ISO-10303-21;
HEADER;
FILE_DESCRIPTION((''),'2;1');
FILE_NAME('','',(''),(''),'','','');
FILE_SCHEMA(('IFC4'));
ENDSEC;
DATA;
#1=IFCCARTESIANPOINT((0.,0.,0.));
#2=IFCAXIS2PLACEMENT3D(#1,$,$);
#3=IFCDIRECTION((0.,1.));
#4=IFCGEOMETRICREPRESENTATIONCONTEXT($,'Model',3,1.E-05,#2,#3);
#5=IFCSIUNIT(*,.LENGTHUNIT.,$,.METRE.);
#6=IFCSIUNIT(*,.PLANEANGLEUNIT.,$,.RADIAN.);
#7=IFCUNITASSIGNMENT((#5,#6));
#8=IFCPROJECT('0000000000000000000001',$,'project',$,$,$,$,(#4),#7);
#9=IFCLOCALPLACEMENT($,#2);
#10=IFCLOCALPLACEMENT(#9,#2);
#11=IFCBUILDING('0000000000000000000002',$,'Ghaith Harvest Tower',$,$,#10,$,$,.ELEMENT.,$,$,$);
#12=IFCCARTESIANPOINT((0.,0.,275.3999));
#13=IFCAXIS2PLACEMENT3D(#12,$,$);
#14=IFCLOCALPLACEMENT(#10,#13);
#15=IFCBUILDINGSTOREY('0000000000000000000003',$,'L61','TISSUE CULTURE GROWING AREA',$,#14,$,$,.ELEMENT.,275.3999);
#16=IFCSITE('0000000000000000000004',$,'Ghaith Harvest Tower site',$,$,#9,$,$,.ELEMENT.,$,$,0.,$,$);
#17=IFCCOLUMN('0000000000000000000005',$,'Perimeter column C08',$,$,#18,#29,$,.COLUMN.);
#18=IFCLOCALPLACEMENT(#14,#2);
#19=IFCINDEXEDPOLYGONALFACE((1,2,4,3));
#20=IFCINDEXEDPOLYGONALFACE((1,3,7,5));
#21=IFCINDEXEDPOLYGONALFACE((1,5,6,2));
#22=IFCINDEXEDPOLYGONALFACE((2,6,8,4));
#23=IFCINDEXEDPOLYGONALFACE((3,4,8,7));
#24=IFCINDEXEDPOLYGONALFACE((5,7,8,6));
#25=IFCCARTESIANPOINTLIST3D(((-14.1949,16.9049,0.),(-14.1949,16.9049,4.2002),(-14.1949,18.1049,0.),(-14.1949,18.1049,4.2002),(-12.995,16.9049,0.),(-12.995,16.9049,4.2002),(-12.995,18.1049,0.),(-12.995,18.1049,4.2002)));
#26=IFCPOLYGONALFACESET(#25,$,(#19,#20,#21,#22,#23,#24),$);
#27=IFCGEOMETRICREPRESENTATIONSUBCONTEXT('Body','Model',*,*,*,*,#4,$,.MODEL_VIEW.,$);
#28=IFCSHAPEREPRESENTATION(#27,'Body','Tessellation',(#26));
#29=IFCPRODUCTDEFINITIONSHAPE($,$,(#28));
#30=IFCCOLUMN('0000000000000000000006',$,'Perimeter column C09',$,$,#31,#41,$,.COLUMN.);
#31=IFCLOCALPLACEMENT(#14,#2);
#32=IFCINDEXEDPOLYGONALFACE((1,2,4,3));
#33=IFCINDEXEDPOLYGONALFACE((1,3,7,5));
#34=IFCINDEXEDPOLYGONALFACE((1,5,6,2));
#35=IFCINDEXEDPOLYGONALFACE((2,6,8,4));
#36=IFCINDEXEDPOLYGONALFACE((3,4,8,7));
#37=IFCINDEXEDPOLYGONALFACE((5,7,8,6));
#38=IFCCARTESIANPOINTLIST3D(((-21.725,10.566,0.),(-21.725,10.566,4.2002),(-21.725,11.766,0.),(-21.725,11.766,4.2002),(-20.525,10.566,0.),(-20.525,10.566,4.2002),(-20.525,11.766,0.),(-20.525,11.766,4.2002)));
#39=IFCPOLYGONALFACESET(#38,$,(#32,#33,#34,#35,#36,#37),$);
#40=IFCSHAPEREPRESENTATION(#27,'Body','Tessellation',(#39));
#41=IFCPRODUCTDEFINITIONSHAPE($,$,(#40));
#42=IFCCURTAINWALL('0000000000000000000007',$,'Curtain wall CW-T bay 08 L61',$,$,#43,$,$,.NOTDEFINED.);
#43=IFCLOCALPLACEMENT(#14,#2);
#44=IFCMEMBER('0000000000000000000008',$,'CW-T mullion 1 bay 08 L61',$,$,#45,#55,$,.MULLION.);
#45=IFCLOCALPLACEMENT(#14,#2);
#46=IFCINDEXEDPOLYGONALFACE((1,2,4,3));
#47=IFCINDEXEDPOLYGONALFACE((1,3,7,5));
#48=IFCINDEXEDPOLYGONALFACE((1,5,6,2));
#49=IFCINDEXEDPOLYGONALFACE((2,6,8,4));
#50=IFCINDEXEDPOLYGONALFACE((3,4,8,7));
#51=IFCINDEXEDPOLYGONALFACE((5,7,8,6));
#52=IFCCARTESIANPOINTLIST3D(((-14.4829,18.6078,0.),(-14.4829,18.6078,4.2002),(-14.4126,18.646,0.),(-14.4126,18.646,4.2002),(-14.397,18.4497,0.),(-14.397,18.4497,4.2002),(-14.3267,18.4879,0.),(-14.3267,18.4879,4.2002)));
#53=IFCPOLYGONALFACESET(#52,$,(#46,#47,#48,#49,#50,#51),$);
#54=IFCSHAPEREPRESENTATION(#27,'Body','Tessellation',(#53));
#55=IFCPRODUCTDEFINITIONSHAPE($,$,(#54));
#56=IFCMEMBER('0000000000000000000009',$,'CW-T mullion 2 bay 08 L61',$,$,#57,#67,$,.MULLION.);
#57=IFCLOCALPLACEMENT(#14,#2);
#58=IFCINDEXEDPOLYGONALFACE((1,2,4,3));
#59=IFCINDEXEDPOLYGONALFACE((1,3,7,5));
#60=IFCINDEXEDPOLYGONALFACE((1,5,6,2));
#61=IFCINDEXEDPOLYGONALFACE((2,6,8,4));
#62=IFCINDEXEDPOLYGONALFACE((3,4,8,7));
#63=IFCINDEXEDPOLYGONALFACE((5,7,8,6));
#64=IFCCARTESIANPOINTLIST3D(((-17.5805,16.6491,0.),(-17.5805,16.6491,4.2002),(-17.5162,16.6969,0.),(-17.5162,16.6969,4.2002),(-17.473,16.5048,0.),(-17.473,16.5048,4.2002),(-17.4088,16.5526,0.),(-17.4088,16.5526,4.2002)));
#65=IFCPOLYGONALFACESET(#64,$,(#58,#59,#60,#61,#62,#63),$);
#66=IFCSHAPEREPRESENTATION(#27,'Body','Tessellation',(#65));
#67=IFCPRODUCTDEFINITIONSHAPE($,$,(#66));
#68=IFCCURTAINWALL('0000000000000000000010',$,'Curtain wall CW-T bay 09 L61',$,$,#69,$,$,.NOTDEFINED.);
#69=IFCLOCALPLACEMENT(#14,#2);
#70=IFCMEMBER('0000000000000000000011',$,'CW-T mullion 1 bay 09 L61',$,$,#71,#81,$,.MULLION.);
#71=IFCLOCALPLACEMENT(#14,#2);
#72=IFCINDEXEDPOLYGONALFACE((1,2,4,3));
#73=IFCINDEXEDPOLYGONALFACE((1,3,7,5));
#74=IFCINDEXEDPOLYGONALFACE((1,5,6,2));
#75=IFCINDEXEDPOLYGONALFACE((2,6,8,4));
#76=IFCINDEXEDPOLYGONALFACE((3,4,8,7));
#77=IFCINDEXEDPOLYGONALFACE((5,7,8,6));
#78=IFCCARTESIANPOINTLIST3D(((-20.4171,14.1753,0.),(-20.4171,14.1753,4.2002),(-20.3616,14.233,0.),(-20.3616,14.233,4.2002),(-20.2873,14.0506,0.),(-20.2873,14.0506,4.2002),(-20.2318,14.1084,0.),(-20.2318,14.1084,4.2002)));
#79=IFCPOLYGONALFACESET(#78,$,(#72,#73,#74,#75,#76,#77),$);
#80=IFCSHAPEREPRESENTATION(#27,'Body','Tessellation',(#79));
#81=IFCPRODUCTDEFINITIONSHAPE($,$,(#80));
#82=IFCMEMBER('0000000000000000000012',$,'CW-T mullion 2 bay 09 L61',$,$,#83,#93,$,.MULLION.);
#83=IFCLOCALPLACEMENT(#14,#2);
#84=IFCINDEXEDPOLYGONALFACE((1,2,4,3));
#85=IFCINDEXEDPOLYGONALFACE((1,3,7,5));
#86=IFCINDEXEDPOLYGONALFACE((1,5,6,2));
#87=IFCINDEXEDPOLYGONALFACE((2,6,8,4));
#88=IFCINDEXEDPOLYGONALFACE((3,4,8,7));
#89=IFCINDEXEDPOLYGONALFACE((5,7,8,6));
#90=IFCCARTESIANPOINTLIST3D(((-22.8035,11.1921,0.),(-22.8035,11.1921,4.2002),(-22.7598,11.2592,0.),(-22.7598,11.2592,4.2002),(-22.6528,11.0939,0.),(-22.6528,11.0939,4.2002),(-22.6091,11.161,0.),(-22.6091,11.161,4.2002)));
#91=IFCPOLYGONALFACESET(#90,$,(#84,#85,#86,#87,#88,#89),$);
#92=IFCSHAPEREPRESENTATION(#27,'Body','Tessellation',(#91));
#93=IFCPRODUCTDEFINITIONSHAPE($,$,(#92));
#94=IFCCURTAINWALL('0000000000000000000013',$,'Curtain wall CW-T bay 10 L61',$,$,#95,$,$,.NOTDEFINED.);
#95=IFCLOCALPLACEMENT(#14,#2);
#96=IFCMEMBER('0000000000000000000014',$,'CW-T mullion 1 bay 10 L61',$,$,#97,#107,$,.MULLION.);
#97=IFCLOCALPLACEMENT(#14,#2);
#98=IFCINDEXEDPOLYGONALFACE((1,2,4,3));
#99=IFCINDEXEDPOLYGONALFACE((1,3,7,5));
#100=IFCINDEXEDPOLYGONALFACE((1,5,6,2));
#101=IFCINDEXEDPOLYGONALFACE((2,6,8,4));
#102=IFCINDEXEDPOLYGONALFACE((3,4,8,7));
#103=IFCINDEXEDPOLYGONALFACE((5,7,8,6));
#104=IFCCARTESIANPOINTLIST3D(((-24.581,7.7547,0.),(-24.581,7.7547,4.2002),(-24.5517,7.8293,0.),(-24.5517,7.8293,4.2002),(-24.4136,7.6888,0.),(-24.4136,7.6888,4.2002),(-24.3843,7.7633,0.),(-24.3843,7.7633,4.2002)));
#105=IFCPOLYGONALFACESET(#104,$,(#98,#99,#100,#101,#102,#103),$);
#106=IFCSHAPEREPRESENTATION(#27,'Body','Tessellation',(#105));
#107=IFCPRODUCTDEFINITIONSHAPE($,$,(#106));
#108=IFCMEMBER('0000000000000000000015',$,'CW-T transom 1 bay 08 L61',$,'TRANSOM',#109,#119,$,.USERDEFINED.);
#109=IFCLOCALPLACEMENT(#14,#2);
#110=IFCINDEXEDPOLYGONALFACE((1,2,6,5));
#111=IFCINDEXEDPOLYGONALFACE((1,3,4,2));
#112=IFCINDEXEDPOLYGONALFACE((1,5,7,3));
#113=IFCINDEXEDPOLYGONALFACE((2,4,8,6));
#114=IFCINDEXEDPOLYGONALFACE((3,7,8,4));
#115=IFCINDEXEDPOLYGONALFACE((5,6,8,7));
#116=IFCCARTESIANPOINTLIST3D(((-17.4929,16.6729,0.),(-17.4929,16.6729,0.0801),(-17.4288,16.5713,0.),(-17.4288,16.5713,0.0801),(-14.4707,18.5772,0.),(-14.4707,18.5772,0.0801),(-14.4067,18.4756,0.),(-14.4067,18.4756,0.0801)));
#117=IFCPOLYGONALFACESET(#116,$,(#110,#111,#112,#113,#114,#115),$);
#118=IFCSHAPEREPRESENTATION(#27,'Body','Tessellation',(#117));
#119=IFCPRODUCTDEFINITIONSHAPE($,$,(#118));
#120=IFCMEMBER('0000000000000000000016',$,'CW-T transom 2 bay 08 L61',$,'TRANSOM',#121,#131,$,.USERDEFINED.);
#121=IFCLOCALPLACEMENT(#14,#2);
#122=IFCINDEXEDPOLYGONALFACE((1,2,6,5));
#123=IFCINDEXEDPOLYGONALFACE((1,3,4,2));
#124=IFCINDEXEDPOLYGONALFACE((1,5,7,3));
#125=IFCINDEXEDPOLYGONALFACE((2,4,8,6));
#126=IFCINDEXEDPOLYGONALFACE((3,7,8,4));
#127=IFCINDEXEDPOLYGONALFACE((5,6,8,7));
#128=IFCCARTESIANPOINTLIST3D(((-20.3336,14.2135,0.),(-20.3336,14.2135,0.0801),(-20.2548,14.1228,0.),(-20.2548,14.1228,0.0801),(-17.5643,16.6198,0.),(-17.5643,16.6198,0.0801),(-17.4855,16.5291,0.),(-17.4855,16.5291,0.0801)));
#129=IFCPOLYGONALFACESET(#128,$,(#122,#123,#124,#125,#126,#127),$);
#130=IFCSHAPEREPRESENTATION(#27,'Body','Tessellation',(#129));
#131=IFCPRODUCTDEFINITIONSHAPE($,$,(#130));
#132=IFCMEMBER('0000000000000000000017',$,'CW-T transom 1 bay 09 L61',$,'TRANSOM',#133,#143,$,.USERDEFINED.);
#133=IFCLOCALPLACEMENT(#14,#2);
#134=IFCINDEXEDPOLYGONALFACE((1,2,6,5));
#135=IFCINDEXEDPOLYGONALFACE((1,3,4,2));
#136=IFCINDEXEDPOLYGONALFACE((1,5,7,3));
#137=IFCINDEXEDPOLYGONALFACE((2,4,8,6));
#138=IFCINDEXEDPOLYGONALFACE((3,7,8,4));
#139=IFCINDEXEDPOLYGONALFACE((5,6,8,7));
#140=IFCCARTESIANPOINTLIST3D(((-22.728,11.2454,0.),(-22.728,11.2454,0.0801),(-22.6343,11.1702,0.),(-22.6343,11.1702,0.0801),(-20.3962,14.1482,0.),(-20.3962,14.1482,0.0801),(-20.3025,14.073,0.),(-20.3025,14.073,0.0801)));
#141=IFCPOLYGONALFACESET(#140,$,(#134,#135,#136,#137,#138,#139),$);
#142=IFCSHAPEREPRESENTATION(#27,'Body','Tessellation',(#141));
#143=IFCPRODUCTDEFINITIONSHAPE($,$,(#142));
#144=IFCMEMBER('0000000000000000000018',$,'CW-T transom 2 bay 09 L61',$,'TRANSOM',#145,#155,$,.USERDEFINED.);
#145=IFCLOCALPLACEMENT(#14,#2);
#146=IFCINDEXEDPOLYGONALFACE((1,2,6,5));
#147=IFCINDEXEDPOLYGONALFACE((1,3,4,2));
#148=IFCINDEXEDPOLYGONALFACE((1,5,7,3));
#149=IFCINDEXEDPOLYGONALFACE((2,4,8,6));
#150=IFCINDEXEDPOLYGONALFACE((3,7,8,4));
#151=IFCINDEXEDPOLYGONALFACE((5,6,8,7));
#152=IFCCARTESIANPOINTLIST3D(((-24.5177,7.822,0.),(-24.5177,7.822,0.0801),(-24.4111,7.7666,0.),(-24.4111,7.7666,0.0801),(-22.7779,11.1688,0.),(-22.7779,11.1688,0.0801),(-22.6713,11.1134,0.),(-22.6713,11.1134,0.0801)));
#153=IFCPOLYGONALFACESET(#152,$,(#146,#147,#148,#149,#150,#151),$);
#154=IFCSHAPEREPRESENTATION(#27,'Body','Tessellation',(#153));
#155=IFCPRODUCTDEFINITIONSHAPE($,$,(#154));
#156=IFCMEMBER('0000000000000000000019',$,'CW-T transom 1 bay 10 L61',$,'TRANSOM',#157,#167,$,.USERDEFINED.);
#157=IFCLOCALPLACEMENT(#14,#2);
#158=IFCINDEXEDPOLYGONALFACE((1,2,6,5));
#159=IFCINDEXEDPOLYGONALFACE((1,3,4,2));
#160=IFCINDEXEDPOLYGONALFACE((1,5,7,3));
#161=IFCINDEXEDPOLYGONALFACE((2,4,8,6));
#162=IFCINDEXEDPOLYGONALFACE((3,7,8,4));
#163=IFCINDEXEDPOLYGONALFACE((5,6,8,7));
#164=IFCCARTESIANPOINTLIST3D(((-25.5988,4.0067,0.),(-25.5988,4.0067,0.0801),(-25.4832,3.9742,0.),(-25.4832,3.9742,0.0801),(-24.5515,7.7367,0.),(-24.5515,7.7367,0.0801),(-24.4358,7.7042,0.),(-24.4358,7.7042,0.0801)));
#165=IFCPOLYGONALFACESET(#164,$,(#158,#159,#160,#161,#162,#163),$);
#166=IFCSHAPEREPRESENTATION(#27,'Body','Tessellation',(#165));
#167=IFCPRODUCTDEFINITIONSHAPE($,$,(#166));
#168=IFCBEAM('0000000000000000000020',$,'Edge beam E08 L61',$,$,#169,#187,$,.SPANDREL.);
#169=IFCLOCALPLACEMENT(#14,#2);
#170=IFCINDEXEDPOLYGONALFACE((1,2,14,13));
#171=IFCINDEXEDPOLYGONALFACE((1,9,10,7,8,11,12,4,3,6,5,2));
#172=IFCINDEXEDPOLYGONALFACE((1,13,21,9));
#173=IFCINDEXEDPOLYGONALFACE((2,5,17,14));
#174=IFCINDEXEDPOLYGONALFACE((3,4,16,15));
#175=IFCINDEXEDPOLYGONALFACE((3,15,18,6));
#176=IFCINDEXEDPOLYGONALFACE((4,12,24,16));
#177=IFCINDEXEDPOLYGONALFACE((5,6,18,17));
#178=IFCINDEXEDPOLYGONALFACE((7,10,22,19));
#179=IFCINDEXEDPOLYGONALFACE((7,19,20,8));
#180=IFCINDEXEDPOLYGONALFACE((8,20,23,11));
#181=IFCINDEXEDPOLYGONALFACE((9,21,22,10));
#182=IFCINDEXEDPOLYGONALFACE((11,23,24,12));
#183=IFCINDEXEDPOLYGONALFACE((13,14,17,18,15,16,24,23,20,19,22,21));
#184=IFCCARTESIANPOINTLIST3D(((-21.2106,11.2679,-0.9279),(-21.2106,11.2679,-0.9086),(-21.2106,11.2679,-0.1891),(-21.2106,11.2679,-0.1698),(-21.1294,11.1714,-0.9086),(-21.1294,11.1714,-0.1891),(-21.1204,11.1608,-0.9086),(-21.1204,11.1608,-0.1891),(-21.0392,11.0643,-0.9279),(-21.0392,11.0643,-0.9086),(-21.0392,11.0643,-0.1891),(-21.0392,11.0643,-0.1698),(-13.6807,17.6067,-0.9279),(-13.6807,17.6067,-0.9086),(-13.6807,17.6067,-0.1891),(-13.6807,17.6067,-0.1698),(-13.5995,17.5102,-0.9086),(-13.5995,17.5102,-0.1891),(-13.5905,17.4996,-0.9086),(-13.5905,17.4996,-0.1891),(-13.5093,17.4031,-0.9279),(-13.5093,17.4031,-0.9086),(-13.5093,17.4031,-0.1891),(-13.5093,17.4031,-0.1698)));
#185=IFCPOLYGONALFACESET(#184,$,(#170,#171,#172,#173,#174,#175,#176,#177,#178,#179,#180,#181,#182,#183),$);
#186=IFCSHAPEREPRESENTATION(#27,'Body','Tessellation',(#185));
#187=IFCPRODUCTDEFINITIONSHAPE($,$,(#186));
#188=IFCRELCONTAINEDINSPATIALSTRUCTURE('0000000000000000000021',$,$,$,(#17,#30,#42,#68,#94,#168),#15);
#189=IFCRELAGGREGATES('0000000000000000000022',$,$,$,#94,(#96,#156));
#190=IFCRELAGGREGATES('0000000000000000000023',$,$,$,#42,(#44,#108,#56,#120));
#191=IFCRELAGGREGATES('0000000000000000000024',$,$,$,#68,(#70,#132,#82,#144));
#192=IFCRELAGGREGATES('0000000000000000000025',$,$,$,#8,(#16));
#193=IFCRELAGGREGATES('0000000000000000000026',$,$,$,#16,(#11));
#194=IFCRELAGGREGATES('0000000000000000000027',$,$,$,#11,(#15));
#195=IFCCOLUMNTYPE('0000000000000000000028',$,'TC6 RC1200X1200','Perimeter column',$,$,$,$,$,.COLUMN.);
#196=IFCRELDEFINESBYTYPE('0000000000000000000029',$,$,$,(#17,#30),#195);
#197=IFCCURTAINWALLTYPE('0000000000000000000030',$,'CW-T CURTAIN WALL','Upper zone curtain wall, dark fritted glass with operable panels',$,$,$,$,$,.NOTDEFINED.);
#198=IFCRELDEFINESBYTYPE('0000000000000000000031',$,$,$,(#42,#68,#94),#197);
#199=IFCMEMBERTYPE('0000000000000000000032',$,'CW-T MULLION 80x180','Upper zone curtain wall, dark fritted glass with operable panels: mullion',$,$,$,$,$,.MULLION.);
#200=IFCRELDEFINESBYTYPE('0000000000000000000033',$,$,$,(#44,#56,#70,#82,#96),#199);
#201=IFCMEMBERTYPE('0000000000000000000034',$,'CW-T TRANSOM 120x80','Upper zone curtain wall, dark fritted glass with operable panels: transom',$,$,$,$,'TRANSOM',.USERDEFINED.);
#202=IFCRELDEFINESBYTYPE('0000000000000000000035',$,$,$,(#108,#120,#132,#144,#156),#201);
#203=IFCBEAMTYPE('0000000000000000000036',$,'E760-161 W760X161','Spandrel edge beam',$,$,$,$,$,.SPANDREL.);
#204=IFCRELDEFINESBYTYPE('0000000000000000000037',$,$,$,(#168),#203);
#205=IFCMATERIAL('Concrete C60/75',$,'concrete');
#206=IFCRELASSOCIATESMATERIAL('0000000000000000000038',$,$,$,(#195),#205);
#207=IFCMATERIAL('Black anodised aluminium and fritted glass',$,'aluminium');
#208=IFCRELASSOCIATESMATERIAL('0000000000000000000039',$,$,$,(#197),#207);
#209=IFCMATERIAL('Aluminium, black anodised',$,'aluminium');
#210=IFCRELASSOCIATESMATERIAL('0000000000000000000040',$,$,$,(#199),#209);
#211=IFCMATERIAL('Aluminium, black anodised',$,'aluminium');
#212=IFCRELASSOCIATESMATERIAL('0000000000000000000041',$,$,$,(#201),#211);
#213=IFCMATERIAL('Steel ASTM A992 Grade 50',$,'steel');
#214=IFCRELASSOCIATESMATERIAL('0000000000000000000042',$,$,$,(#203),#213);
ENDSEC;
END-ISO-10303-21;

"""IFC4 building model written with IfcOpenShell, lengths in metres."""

from ifc_helpers import new_model, si_unit, direction, frame, origin, origin_2d, place, context, subcontext, project, spatial, rectangle, i_section, extrude, material, material_profile, profile_set, type_object, element, aggregate, save


model = new_model("IFC4")

# Units and contexts
model_context = context("Model", 3, precision=1e-05, world=origin(), true_north=direction((0.0, 1.0)))
body_context = subcontext(model_context, "Body", "Model", "MODEL_VIEW")
ifc_project = project(units=[si_unit("LENGTHUNIT", "METRE"), si_unit("PLANEANGLEUNIT", "RADIAN")], contexts=[model_context])

# Site, building, storey
site_placement = place(None, origin())
site = spatial("IfcSite", under=ifc_project, at=site_placement, Name="Ghaith Harvest Tower site", CompositionType="ELEMENT", RefElevation=0.0)
building_placement = place(site_placement, origin())
building = spatial("IfcBuilding", under=site, at=building_placement, Name="Ghaith Harvest Tower", CompositionType="ELEMENT")
storey_placement = place(building_placement, frame((0.0, 0.0, 275.3999)))
storey = spatial("IfcBuildingStorey", under=building, at=storey_placement, Name="L61", Description="TISSUE CULTURE GROWING AREA", CompositionType="ELEMENT", Elevation=275.3999)

# Columns
ifc_material_1 = material(Name="Concrete C60/75", Category="concrete")
ifc_material_profile_1 = material_profile(ifc_material_1, rectangle(XDim=1.2, YDim=1.2, at=origin_2d()), Name="RC1200X1200")
ifc_profile_set_1 = profile_set([ifc_material_profile_1], Name="Concrete C60/75")
column_type = type_object("IfcColumnType", Name="TC6 RC1200X1200", Description="Perimeter column", PredefinedType="COLUMN", material=ifc_profile_set_1)
for number, where, z_axis, x_axis, name in (
    (1, (-13.595, 17.5049, 0.0), (0.0, 0.0, 1.0), (1.0, 0.0, 0.0), "Perimeter column C08"),
    (2, (-21.125, 11.166, 0.0), (0.0, 0.0, 1.0), (1.0, 0.0, 0.0), "Perimeter column C09"),
):
    element("IfcColumn", number, at=place(storey_placement, frame(where, z_axis=z_axis, x_axis=x_axis)), inside=storey, type_object=column_type, Name=name, PredefinedType="COLUMN", context=body_context, shape_type="SweptSolid", body=[
        extrude(rectangle(XDim=1.2, YDim=1.2, at=origin_2d()), origin(), (0.0, 0.0, 1.0), 4.2002),
    ])

# Curtain walls, members
ifc_material_2 = material(Name="Black anodised aluminium and fritted glass", Category="aluminium")
curtain_wall_type = type_object("IfcCurtainWallType", Name="CW-T CURTAIN WALL", Description="Upper zone curtain wall, dark fritted glass with operable panels", PredefinedType="NOTDEFINED", material=ifc_material_2)
curtain_wall_1_placement = place(storey_placement, origin())
curtain_wall_1 = element("IfcCurtainWall", 3, at=curtain_wall_1_placement, inside=storey, type_object=curtain_wall_type, Name="Curtain wall CW-T bay 08 L61", PredefinedType="NOTDEFINED")
ifc_material_3 = material(Name="Aluminium, black anodised", Category="aluminium")
ifc_material_profile_2 = material_profile(ifc_material_3, rectangle(XDim=0.0801, YDim=0.1799, at=origin_2d()), Name="CW-T MULLION 80x180")
ifc_profile_set_2 = profile_set([ifc_material_profile_2], Name="Aluminium, black anodised")
member_type_1 = type_object("IfcMemberType", Name="CW-T MULLION 80x180", Description="Upper zone curtain wall, dark fritted glass with operable panels: mullion", PredefinedType="MULLION", material=ifc_profile_set_2)
member_1_placement = place(storey_placement, frame((-14.4048, 18.5479, 0.0), z_axis=(0.0, 0.0, 1.0), x_axis=(-0.878672, -0.477426, 0.0)))
member_1 = element("IfcMember", 4, at=member_1_placement, type_object=member_type_1, Name="CW-T mullion 1 bay 08 L61", PredefinedType="MULLION", context=body_context, shape_type="SweptSolid", body=[
    extrude(rectangle(XDim=0.0801, YDim=0.1799, at=origin_2d()), origin(), (0.0, 0.0, 1.0), 4.2002),
])
member_2_placement = place(storey_placement, frame((-17.4946, 16.6008, 0.0), z_axis=(0.0, 0.0, 1.0), x_axis=(-0.80219, -0.597069, 0.0)))
member_2 = element("IfcMember", 5, at=member_2_placement, type_object=member_type_1, Name="CW-T mullion 2 bay 08 L61", PredefinedType="MULLION", context=body_context, shape_type="SweptSolid", body=[
    extrude(rectangle(XDim=0.0801, YDim=0.1799, at=origin_2d()), origin(), (0.0, 0.0, 1.0), 4.2002),
])
curtain_wall_2_placement = place(storey_placement, origin())
curtain_wall_2 = element("IfcCurtainWall", 6, at=curtain_wall_2_placement, inside=storey, type_object=curtain_wall_type, Name="Curtain wall CW-T bay 09 L61", PredefinedType="NOTDEFINED")
member_3_placement = place(storey_placement, frame((-20.3245, 14.1418, 0.0), z_axis=(0.0, 0.0, 1.0), x_axis=(-0.692826, -0.721104, 0.0)))
member_3 = element("IfcMember", 7, at=member_3_placement, type_object=member_type_1, Name="CW-T mullion 1 bay 09 L61", PredefinedType="MULLION", context=body_context, shape_type="SweptSolid", body=[
    extrude(rectangle(XDim=0.0801, YDim=0.1799, at=origin_2d()), origin(), (0.0, 0.0, 1.0), 4.2002),
])
member_4_placement = place(storey_placement, frame((-22.7063, 11.1765, 0.0), z_axis=(0.0, 0.0, 1.0), x_axis=(-0.545865, -0.837873, 0.0)))
member_4 = element("IfcMember", 8, at=member_4_placement, type_object=member_type_1, Name="CW-T mullion 2 bay 09 L61", PredefinedType="MULLION", context=body_context, shape_type="SweptSolid", body=[
    extrude(rectangle(XDim=0.0801, YDim=0.1799, at=origin_2d()), origin(), (0.0, 0.0, 1.0), 4.2002),
])

# Curtain wall, member
curtain_wall_3_placement = place(storey_placement, origin())
curtain_wall_3 = element("IfcCurtainWall", 9, at=curtain_wall_3_placement, inside=storey, type_object=curtain_wall_type, Name="Curtain wall CW-T bay 10 L61", PredefinedType="NOTDEFINED")
member_5_placement = place(storey_placement, frame((-24.4827, 7.759, 0.0), z_axis=(0.0, 0.0, 1.0), x_axis=(-0.366473, -0.930429, 0.0)))
member_5 = element("IfcMember", 10, at=member_5_placement, type_object=member_type_1, Name="CW-T mullion 1 bay 10 L61", PredefinedType="MULLION", context=body_context, shape_type="SweptSolid", body=[
    extrude(rectangle(XDim=0.0801, YDim=0.1799, at=origin_2d()), origin(), (0.0, 0.0, 1.0), 4.2002),
])

# Members
ifc_material_4 = material(Name="Aluminium, black anodised", Category="aluminium")
ifc_material_profile_3 = material_profile(ifc_material_4, rectangle(XDim=0.1201, YDim=0.0801, at=origin_2d()), Name="CW-T TRANSOM 120x80")
ifc_profile_set_3 = profile_set([ifc_material_profile_3], Name="Aluminium, black anodised")
member_type_2 = type_object("IfcMemberType", Name="CW-T TRANSOM 120x80", Description="Upper zone curtain wall, dark fritted glass with operable panels: transom", ElementType="TRANSOM", PredefinedType="USERDEFINED", material=ifc_profile_set_3)
member_6_placement = place(storey_placement, frame((-14.4387, 18.5264, 0.04), z_axis=(-0.846054, -0.533098, 0.0), x_axis=(0.533098, -0.846054, 0.0)))
member_6 = element("IfcMember", 11, at=member_6_placement, type_object=member_type_2, Name="CW-T transom 1 bay 08 L61", ObjectType="TRANSOM", PredefinedType="USERDEFINED", context=body_context, shape_type="SweptSolid", body=[
    extrude(rectangle(XDim=0.1201, YDim=0.0801, at=origin_2d()), origin(), (0.0, 0.0, 1.0), 3.572),
])
member_7_placement = place(storey_placement, frame((-17.5249, 16.5745, 0.04), z_axis=(-0.754852, -0.655895, 0.0), x_axis=(0.655895, -0.754852, 0.0)))
member_7 = element("IfcMember", 12, at=member_7_placement, type_object=member_type_2, Name="CW-T transom 2 bay 08 L61", ObjectType="TRANSOM", PredefinedType="USERDEFINED", context=body_context, shape_type="SweptSolid", body=[
    extrude(rectangle(XDim=0.1201, YDim=0.0801, at=origin_2d()), origin(), (0.0, 0.0, 1.0), 3.6687),
])
member_8_placement = place(storey_placement, frame((-20.3494, 14.1106, 0.04), z_axis=(-0.626253, -0.77962, 0.0), x_axis=(0.77962, -0.626253, 0.0)))
member_8 = element("IfcMember", 13, at=member_8_placement, type_object=member_type_2, Name="CW-T transom 1 bay 09 L61", ObjectType="TRANSOM", PredefinedType="USERDEFINED", context=body_context, shape_type="SweptSolid", body=[
    extrude(rectangle(XDim=0.1201, YDim=0.0801, at=origin_2d()), origin(), (0.0, 0.0, 1.0), 3.7234),
])
member_9_placement = place(storey_placement, frame((-22.7246, 11.1411, 0.04), z_axis=(-0.461243, -0.887274, 0.0), x_axis=(0.887274, -0.461243, 0.0)))
member_9 = element("IfcMember", 14, at=member_9_placement, type_object=member_type_2, Name="CW-T transom 2 bay 09 L61", ObjectType="TRANSOM", PredefinedType="USERDEFINED", context=body_context, shape_type="SweptSolid", body=[
    extrude(rectangle(XDim=0.1201, YDim=0.0801, at=origin_2d()), origin(), (0.0, 0.0, 1.0), 3.772),
])
member_10_placement = place(storey_placement, frame((-24.4937, 7.7205, 0.04), z_axis=(-0.27034, -0.962765, 0.0), x_axis=(0.962765, -0.27034, 0.0)))
member_10 = element("IfcMember", 15, at=member_10_placement, type_object=member_type_2, Name="CW-T transom 1 bay 10 L61", ObjectType="TRANSOM", PredefinedType="USERDEFINED", context=body_context, shape_type="SweptSolid", body=[
    extrude(rectangle(XDim=0.1201, YDim=0.0801, at=origin_2d()), origin(), (0.0, 0.0, 1.0), 3.8743),
])
aggregate(curtain_wall_3, [member_5, member_10])

# Beam
ifc_material_5 = material(Name="Steel ASTM A992 Grade 50", Category="steel")
ifc_material_profile_4 = material_profile(ifc_material_5, i_section(OverallWidth=0.2661, OverallDepth=0.7581, WebThickness=0.0139, FlangeThickness=0.0193, at=origin_2d()), Name="W760X161")
ifc_profile_set_4 = profile_set([ifc_material_profile_4], Name="Steel ASTM A992 Grade 50")
beam_type = type_object("IfcBeamType", Name="E760-161 W760X161", Description="Spandrel edge beam", PredefinedType="SPANDREL", material=ifc_profile_set_4)
beam_1_placement = place(storey_placement, frame((-13.595, 17.5049, -0.5488), z_axis=(-0.765022, -0.644004, 0.0), x_axis=(0.644004, -0.765022, 0.0)))
element("IfcBeam", 16, at=beam_1_placement, inside=storey, type_object=beam_type, Name="Edge beam E08 L61", PredefinedType="SPANDREL", context=body_context, shape_type="SweptSolid", body=[
    extrude(i_section(OverallWidth=0.2661, OverallDepth=0.7581, WebThickness=0.0139, FlangeThickness=0.0193, at=origin_2d()), origin(), (0.0, 0.0, 1.0), 9.8428),
])

aggregate(curtain_wall_1, [member_1, member_6, member_2, member_7])
aggregate(curtain_wall_2, [member_3, member_8, member_4, member_9])

save(model, "model.ifc")
